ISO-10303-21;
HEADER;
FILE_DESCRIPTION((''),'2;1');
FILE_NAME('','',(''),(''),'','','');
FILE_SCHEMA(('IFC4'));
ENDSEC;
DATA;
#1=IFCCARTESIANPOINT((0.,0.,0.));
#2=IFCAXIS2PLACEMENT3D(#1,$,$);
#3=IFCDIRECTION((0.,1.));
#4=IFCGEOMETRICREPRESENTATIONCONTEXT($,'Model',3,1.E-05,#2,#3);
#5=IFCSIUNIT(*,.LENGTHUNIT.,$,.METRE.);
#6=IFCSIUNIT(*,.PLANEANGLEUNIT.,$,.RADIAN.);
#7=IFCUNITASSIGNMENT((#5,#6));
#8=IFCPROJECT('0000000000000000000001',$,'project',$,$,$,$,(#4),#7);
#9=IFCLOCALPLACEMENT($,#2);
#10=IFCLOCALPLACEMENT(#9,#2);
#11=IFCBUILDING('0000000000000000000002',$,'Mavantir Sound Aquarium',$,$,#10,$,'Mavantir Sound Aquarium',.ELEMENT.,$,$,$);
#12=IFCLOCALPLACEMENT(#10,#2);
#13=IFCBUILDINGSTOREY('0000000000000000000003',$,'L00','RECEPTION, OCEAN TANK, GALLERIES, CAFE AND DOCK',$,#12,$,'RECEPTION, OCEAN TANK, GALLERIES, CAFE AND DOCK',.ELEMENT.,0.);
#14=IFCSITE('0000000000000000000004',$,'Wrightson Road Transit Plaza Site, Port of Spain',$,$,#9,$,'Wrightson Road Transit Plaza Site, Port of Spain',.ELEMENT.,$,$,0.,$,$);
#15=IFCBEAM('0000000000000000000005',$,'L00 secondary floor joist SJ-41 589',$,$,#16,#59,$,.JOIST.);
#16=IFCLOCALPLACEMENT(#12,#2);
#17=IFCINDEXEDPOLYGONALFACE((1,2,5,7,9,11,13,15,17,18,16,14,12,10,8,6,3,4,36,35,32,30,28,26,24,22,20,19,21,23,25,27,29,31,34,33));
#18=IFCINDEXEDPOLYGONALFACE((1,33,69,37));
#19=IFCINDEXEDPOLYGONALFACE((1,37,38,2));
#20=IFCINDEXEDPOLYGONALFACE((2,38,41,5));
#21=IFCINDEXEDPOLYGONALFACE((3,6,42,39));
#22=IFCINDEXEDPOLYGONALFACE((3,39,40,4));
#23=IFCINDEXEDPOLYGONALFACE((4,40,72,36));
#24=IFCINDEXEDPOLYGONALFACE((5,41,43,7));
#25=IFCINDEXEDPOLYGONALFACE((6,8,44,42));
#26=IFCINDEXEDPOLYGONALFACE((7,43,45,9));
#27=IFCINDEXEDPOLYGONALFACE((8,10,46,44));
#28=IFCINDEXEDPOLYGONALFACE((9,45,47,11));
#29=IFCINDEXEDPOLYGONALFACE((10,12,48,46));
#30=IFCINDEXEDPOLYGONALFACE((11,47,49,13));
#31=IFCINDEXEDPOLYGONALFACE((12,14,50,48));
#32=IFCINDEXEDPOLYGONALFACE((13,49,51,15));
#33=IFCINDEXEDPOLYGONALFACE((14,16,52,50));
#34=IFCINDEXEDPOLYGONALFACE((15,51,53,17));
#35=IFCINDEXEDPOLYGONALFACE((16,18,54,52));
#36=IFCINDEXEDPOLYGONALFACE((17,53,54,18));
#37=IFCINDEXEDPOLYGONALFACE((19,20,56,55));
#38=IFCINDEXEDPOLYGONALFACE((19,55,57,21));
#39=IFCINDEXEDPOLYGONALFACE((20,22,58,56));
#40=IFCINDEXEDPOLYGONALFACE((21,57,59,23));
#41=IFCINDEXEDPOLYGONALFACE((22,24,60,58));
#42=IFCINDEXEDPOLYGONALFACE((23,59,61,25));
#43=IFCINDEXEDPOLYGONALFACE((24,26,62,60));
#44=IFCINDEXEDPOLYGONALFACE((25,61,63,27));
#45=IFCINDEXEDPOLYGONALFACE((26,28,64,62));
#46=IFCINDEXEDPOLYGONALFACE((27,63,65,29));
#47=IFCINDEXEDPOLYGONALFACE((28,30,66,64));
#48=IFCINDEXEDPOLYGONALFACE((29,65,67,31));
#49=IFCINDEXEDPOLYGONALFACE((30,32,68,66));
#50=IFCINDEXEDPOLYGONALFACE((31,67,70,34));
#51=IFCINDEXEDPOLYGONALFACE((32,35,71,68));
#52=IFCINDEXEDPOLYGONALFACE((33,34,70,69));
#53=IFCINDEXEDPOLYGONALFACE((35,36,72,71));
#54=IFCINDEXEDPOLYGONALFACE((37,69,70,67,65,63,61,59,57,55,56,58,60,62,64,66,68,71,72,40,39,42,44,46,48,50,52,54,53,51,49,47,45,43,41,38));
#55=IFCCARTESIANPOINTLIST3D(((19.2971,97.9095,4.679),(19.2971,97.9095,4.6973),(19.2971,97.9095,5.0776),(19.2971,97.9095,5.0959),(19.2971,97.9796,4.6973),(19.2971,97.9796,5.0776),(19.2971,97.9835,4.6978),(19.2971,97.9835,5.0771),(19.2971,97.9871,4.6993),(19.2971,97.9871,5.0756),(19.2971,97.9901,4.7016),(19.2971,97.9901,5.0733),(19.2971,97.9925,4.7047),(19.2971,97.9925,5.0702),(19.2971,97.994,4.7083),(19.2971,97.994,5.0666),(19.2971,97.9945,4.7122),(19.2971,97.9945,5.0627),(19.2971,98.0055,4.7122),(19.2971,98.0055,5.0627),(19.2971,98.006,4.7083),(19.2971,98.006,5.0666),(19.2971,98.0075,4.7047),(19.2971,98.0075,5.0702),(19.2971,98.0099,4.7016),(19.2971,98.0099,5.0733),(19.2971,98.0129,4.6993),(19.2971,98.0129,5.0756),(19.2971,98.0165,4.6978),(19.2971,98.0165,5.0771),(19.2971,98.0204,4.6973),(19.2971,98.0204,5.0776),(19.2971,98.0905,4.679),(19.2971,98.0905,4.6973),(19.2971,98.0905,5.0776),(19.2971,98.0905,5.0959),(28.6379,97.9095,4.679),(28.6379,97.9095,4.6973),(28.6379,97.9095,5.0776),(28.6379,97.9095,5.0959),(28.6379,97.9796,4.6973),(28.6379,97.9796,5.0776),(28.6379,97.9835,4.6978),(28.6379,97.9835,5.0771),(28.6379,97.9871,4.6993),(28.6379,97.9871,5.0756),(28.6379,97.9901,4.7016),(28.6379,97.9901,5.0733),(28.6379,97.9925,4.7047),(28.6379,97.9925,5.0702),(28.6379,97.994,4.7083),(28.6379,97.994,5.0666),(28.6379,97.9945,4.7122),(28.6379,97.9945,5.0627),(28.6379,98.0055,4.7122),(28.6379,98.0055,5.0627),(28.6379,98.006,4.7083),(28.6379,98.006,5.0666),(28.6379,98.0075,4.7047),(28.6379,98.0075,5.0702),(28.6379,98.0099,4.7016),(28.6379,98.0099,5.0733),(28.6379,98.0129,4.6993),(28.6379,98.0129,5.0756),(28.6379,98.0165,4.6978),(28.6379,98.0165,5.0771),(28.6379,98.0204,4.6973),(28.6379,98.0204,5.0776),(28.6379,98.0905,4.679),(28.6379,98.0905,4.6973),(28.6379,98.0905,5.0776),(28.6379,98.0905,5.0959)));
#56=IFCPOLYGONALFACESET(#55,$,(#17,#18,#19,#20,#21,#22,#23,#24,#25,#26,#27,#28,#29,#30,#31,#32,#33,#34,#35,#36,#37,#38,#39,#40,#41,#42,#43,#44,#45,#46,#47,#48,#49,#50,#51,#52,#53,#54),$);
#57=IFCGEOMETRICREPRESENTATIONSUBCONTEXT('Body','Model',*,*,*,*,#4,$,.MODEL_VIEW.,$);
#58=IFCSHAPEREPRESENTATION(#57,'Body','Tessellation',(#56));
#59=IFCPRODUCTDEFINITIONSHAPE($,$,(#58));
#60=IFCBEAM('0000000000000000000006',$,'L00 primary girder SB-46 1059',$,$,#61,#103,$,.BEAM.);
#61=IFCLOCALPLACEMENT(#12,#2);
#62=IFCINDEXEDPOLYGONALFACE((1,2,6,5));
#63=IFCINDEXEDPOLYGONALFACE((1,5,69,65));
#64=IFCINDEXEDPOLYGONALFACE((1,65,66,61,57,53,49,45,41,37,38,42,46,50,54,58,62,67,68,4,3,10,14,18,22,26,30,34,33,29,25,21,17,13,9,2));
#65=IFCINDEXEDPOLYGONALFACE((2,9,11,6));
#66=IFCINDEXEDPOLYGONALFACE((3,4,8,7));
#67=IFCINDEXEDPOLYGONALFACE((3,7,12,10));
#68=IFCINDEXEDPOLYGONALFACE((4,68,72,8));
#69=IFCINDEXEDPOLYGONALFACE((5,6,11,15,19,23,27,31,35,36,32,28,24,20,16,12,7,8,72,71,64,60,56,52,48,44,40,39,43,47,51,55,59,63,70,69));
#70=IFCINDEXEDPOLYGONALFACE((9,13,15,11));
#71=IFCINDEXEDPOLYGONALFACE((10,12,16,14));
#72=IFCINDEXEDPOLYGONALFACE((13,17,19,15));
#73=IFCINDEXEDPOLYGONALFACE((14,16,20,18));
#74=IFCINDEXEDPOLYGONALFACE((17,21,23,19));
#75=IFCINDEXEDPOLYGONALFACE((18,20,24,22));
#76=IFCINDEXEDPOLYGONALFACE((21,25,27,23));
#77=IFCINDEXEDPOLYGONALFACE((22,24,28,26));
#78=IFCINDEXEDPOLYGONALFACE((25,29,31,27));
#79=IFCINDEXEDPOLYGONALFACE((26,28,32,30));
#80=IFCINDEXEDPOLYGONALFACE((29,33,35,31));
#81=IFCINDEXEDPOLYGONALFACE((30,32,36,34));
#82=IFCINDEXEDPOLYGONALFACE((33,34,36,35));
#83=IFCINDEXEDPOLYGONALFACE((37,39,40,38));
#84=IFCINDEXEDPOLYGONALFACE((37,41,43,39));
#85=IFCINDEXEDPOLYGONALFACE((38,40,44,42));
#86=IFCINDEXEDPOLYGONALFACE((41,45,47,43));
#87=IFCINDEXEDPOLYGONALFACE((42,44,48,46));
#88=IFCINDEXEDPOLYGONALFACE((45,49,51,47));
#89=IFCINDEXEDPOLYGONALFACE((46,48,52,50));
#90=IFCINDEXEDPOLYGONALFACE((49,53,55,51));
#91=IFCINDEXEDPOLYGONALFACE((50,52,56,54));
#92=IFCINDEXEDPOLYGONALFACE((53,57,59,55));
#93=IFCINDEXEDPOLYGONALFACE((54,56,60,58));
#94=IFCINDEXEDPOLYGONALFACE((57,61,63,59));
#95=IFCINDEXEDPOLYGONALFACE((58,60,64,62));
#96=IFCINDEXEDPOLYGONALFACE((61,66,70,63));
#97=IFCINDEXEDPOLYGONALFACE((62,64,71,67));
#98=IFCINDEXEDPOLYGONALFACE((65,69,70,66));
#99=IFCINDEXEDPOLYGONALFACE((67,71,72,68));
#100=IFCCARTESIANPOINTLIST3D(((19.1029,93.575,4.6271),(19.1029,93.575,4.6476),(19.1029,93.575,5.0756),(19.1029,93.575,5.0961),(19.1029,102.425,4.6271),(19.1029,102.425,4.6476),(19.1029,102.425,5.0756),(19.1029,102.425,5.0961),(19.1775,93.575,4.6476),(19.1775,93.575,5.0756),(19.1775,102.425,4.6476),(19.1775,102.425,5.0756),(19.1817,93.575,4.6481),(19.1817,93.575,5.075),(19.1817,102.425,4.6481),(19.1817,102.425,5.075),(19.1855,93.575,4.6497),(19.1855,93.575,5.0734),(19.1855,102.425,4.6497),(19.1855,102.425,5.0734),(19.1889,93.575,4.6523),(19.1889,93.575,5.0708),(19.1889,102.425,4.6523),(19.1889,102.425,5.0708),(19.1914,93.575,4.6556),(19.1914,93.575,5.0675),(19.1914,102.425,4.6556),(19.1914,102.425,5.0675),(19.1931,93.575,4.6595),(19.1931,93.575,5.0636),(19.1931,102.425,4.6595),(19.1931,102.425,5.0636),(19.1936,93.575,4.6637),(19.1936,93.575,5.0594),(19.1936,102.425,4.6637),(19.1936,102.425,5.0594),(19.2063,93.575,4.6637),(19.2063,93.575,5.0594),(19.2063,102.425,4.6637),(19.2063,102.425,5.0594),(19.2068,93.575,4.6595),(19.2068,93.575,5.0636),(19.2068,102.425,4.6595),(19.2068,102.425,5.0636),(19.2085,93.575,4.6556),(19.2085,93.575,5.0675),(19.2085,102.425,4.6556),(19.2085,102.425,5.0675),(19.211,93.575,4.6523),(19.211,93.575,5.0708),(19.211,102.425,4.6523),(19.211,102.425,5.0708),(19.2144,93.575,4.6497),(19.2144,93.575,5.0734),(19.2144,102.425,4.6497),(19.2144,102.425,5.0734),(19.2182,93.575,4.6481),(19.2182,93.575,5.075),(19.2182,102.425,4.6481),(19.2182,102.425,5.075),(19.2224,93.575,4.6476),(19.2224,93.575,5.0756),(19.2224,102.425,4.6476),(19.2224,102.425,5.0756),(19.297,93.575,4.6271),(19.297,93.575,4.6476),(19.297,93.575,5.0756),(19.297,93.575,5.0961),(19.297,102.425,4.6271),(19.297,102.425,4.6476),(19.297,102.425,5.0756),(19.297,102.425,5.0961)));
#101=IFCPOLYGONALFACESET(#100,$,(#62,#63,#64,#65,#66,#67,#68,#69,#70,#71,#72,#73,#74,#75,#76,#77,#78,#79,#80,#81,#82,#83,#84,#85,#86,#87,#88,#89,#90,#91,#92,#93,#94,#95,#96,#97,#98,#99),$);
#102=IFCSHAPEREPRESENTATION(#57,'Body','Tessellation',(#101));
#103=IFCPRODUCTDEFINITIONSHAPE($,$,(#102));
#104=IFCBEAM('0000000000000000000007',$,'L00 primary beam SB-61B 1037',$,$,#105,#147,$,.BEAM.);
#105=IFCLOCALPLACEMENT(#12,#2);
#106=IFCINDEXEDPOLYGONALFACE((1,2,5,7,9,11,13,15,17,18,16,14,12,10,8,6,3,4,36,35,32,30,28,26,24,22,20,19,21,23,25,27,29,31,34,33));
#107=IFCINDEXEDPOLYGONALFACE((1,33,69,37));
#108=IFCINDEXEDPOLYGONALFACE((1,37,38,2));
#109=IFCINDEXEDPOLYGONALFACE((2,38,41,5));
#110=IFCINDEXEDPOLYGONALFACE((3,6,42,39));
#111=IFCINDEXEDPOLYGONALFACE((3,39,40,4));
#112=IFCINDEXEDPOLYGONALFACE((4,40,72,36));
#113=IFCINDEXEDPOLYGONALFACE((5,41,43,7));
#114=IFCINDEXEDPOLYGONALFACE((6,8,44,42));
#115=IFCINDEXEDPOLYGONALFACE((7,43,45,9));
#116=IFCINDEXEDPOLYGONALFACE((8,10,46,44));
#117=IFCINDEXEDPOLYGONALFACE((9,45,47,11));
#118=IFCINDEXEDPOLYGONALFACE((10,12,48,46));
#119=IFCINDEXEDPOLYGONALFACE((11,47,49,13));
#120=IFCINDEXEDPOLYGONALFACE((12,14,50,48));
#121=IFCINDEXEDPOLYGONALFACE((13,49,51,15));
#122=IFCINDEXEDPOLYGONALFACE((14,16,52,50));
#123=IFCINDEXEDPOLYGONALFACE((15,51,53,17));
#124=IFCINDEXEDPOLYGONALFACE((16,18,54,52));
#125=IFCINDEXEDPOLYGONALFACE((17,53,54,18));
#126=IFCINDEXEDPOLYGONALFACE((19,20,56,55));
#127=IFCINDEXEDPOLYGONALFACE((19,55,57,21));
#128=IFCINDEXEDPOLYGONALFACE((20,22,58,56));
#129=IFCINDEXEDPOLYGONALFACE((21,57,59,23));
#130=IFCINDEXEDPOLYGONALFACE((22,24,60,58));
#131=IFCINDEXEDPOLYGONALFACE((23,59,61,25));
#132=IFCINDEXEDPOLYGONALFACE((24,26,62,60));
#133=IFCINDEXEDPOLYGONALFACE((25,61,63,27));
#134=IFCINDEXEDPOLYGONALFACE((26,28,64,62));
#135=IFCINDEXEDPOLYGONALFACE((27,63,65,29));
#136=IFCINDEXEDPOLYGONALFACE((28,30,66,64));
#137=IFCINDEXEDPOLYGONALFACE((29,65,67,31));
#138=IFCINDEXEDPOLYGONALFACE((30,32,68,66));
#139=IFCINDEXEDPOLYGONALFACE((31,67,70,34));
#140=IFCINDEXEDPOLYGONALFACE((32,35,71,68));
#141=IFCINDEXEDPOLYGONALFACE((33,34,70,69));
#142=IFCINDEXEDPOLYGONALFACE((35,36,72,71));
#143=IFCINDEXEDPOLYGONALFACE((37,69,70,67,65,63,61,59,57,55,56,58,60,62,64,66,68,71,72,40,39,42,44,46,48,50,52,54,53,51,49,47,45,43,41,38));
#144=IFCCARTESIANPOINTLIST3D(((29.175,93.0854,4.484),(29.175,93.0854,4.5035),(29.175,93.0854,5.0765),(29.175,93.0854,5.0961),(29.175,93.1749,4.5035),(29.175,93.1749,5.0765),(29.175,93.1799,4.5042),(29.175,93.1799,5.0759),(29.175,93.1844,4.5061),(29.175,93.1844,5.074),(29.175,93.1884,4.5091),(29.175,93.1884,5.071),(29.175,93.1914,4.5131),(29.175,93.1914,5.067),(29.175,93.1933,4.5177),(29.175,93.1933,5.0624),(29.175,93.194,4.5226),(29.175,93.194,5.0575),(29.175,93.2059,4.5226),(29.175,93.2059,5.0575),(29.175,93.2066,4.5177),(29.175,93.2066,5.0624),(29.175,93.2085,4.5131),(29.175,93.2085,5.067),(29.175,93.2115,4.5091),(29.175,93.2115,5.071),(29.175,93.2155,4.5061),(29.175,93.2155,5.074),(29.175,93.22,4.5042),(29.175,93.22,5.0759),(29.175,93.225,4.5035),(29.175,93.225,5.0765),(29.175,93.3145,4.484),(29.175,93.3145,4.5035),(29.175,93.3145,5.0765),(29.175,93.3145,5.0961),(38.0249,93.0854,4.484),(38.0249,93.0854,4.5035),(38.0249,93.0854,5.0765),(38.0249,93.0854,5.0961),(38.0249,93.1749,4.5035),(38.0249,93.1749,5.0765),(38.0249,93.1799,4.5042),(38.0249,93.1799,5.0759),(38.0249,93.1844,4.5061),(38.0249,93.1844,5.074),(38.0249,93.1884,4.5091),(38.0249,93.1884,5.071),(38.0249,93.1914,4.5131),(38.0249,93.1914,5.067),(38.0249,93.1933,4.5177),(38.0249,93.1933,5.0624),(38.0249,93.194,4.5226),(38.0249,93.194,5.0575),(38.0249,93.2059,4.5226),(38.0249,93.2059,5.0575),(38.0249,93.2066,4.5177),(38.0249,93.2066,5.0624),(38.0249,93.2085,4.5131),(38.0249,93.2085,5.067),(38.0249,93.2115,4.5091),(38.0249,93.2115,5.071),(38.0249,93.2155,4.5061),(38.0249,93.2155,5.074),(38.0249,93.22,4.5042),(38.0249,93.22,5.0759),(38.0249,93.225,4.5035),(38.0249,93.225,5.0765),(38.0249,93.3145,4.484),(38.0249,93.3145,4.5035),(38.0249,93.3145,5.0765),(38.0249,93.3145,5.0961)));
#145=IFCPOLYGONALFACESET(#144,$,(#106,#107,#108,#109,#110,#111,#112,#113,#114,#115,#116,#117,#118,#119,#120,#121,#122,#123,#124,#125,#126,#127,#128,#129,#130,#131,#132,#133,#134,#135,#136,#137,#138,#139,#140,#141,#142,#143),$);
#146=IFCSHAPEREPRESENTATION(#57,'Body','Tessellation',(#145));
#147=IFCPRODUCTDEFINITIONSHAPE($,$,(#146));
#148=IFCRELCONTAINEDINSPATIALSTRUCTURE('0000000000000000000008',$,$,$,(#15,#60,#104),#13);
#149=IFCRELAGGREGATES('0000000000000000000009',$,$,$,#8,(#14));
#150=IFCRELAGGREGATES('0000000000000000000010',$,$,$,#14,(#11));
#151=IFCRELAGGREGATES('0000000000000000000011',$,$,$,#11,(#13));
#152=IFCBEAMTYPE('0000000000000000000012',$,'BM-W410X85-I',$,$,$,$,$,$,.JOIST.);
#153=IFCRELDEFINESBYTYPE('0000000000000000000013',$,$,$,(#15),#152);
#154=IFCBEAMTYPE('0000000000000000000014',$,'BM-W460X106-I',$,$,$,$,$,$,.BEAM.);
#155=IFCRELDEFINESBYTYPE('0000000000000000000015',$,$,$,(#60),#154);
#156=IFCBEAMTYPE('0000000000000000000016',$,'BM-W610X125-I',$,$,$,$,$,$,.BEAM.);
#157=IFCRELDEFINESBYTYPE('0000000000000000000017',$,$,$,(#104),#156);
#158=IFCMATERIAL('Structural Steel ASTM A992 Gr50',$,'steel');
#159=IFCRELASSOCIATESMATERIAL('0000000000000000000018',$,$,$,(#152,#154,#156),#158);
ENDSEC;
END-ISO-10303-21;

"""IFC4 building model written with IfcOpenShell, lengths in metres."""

from ifc_helpers import new_model, si_unit, direction, frame, origin, origin_2d, place, context, subcontext, project, spatial, i_section, extrude, material, material_profile, profile_set, type_object, element, save


model = new_model("IFC4")

# Units and contexts
model_context = context("Model", 3, precision=1e-05, world=origin(), true_north=direction((0.0, 1.0)))
body_context = subcontext(model_context, "Body", "Model", "MODEL_VIEW")
ifc_project = project(units=[si_unit("LENGTHUNIT", "METRE"), si_unit("PLANEANGLEUNIT", "RADIAN")], contexts=[model_context])

# Site, building, storey
site_placement = place(None, origin())
site = spatial("IfcSite", under=ifc_project, at=site_placement, Name="Wrightson Road Transit Plaza Site, Port of Spain", LongName="Wrightson Road Transit Plaza Site, Port of Spain", CompositionType="ELEMENT", RefElevation=0.0)
building_placement = place(site_placement, origin())
building = spatial("IfcBuilding", under=site, at=building_placement, Name="Mavantir Sound Aquarium", LongName="Mavantir Sound Aquarium", CompositionType="ELEMENT")
storey_placement = place(building_placement, origin())
storey = spatial("IfcBuildingStorey", under=building, at=storey_placement, Name="L00", Description="RECEPTION, OCEAN TANK, GALLERIES, CAFE AND DOCK", LongName="RECEPTION, OCEAN TANK, GALLERIES, CAFE AND DOCK", CompositionType="ELEMENT", Elevation=0.0)

# Beams
ifc_material_1 = material(Name="Structural Steel ASTM A992 Gr50", Category="steel")
ifc_material_profile_1 = material_profile(ifc_material_1, i_section(OverallWidth=0.1809, OverallDepth=0.417, WebThickness=0.011, FlangeThickness=0.0183, FilletRadius=0.0149, at=origin_2d()), Name="W410X85")
ifc_profile_set_1 = profile_set([ifc_material_profile_1], Name="Structural Steel ASTM A992 Gr50")
beam_type_1 = type_object("IfcBeamType", Name="BM-W410X85-I", PredefinedType="JOIST", material=ifc_profile_set_1)
beam_1_placement = place(storey_placement, frame((19.2971, 98.0, 4.8875), z_axis=(1.0, 0.0, 0.0), x_axis=(0.0, 1.0, 0.0)))
element("IfcBeam", 1, at=beam_1_placement, inside=storey, type_object=beam_type_1, Name="L00 secondary floor joist SJ-41 589", PredefinedType="JOIST", context=body_context, shape_type="SweptSolid", body=[
    extrude(i_section(OverallWidth=0.1809, OverallDepth=0.417, WebThickness=0.011, FlangeThickness=0.0183, FilletRadius=0.0149, at=origin_2d()), origin(), (0.0, 0.0, 1.0), 9.3408),
])
ifc_material_profile_2 = material_profile(ifc_material_1, i_section(OverallWidth=0.1941, OverallDepth=0.469, WebThickness=0.0127, FlangeThickness=0.0205, FilletRadius=0.0161, at=origin_2d()), Name="W460X106")
ifc_profile_set_2 = profile_set([ifc_material_profile_2], Name="Structural Steel ASTM A992 Gr50")
beam_type_2 = type_object("IfcBeamType", Name="BM-W460X106-I", PredefinedType="BEAM", material=ifc_profile_set_2)
beam_2_placement = place(storey_placement, frame((19.2, 93.575, 4.8616), z_axis=(0.0, 1.0, 0.0), x_axis=(-1.0, 0.0, 0.0)))
element("IfcBeam", 2, at=beam_2_placement, inside=storey, type_object=beam_type_2, Name="L00 primary girder SB-46 1059", PredefinedType="BEAM", context=body_context, shape_type="SweptSolid", body=[
    extrude(i_section(OverallWidth=0.1941, OverallDepth=0.469, WebThickness=0.0127, FlangeThickness=0.0205, FilletRadius=0.0161, at=origin_2d()), origin(), (0.0, 0.0, 1.0), 8.8501),
])
ifc_material_profile_3 = material_profile(ifc_material_1, i_section(OverallWidth=0.229, OverallDepth=0.6121, WebThickness=0.012, FlangeThickness=0.0195, FilletRadius=0.019, at=origin_2d()), Name="W610X125")
ifc_profile_set_3 = profile_set([ifc_material_profile_3], Name="Structural Steel ASTM A992 Gr50")
beam_type_3 = type_object("IfcBeamType", Name="BM-W610X125-I", PredefinedType="BEAM", material=ifc_profile_set_3)
beam_3_placement = place(storey_placement, frame((29.175, 93.2, 4.79), z_axis=(1.0, 0.0, 0.0), x_axis=(0.0, 1.0, 0.0)))
element("IfcBeam", 3, at=beam_3_placement, inside=storey, type_object=beam_type_3, Name="L00 primary beam SB-61B 1037", PredefinedType="BEAM", context=body_context, shape_type="SweptSolid", body=[
    extrude(i_section(OverallWidth=0.229, OverallDepth=0.6121, WebThickness=0.012, FlangeThickness=0.0195, FilletRadius=0.019, at=origin_2d()), origin(), (0.0, 0.0, 1.0), 8.8499),
])

save(model, "model.ifc")
